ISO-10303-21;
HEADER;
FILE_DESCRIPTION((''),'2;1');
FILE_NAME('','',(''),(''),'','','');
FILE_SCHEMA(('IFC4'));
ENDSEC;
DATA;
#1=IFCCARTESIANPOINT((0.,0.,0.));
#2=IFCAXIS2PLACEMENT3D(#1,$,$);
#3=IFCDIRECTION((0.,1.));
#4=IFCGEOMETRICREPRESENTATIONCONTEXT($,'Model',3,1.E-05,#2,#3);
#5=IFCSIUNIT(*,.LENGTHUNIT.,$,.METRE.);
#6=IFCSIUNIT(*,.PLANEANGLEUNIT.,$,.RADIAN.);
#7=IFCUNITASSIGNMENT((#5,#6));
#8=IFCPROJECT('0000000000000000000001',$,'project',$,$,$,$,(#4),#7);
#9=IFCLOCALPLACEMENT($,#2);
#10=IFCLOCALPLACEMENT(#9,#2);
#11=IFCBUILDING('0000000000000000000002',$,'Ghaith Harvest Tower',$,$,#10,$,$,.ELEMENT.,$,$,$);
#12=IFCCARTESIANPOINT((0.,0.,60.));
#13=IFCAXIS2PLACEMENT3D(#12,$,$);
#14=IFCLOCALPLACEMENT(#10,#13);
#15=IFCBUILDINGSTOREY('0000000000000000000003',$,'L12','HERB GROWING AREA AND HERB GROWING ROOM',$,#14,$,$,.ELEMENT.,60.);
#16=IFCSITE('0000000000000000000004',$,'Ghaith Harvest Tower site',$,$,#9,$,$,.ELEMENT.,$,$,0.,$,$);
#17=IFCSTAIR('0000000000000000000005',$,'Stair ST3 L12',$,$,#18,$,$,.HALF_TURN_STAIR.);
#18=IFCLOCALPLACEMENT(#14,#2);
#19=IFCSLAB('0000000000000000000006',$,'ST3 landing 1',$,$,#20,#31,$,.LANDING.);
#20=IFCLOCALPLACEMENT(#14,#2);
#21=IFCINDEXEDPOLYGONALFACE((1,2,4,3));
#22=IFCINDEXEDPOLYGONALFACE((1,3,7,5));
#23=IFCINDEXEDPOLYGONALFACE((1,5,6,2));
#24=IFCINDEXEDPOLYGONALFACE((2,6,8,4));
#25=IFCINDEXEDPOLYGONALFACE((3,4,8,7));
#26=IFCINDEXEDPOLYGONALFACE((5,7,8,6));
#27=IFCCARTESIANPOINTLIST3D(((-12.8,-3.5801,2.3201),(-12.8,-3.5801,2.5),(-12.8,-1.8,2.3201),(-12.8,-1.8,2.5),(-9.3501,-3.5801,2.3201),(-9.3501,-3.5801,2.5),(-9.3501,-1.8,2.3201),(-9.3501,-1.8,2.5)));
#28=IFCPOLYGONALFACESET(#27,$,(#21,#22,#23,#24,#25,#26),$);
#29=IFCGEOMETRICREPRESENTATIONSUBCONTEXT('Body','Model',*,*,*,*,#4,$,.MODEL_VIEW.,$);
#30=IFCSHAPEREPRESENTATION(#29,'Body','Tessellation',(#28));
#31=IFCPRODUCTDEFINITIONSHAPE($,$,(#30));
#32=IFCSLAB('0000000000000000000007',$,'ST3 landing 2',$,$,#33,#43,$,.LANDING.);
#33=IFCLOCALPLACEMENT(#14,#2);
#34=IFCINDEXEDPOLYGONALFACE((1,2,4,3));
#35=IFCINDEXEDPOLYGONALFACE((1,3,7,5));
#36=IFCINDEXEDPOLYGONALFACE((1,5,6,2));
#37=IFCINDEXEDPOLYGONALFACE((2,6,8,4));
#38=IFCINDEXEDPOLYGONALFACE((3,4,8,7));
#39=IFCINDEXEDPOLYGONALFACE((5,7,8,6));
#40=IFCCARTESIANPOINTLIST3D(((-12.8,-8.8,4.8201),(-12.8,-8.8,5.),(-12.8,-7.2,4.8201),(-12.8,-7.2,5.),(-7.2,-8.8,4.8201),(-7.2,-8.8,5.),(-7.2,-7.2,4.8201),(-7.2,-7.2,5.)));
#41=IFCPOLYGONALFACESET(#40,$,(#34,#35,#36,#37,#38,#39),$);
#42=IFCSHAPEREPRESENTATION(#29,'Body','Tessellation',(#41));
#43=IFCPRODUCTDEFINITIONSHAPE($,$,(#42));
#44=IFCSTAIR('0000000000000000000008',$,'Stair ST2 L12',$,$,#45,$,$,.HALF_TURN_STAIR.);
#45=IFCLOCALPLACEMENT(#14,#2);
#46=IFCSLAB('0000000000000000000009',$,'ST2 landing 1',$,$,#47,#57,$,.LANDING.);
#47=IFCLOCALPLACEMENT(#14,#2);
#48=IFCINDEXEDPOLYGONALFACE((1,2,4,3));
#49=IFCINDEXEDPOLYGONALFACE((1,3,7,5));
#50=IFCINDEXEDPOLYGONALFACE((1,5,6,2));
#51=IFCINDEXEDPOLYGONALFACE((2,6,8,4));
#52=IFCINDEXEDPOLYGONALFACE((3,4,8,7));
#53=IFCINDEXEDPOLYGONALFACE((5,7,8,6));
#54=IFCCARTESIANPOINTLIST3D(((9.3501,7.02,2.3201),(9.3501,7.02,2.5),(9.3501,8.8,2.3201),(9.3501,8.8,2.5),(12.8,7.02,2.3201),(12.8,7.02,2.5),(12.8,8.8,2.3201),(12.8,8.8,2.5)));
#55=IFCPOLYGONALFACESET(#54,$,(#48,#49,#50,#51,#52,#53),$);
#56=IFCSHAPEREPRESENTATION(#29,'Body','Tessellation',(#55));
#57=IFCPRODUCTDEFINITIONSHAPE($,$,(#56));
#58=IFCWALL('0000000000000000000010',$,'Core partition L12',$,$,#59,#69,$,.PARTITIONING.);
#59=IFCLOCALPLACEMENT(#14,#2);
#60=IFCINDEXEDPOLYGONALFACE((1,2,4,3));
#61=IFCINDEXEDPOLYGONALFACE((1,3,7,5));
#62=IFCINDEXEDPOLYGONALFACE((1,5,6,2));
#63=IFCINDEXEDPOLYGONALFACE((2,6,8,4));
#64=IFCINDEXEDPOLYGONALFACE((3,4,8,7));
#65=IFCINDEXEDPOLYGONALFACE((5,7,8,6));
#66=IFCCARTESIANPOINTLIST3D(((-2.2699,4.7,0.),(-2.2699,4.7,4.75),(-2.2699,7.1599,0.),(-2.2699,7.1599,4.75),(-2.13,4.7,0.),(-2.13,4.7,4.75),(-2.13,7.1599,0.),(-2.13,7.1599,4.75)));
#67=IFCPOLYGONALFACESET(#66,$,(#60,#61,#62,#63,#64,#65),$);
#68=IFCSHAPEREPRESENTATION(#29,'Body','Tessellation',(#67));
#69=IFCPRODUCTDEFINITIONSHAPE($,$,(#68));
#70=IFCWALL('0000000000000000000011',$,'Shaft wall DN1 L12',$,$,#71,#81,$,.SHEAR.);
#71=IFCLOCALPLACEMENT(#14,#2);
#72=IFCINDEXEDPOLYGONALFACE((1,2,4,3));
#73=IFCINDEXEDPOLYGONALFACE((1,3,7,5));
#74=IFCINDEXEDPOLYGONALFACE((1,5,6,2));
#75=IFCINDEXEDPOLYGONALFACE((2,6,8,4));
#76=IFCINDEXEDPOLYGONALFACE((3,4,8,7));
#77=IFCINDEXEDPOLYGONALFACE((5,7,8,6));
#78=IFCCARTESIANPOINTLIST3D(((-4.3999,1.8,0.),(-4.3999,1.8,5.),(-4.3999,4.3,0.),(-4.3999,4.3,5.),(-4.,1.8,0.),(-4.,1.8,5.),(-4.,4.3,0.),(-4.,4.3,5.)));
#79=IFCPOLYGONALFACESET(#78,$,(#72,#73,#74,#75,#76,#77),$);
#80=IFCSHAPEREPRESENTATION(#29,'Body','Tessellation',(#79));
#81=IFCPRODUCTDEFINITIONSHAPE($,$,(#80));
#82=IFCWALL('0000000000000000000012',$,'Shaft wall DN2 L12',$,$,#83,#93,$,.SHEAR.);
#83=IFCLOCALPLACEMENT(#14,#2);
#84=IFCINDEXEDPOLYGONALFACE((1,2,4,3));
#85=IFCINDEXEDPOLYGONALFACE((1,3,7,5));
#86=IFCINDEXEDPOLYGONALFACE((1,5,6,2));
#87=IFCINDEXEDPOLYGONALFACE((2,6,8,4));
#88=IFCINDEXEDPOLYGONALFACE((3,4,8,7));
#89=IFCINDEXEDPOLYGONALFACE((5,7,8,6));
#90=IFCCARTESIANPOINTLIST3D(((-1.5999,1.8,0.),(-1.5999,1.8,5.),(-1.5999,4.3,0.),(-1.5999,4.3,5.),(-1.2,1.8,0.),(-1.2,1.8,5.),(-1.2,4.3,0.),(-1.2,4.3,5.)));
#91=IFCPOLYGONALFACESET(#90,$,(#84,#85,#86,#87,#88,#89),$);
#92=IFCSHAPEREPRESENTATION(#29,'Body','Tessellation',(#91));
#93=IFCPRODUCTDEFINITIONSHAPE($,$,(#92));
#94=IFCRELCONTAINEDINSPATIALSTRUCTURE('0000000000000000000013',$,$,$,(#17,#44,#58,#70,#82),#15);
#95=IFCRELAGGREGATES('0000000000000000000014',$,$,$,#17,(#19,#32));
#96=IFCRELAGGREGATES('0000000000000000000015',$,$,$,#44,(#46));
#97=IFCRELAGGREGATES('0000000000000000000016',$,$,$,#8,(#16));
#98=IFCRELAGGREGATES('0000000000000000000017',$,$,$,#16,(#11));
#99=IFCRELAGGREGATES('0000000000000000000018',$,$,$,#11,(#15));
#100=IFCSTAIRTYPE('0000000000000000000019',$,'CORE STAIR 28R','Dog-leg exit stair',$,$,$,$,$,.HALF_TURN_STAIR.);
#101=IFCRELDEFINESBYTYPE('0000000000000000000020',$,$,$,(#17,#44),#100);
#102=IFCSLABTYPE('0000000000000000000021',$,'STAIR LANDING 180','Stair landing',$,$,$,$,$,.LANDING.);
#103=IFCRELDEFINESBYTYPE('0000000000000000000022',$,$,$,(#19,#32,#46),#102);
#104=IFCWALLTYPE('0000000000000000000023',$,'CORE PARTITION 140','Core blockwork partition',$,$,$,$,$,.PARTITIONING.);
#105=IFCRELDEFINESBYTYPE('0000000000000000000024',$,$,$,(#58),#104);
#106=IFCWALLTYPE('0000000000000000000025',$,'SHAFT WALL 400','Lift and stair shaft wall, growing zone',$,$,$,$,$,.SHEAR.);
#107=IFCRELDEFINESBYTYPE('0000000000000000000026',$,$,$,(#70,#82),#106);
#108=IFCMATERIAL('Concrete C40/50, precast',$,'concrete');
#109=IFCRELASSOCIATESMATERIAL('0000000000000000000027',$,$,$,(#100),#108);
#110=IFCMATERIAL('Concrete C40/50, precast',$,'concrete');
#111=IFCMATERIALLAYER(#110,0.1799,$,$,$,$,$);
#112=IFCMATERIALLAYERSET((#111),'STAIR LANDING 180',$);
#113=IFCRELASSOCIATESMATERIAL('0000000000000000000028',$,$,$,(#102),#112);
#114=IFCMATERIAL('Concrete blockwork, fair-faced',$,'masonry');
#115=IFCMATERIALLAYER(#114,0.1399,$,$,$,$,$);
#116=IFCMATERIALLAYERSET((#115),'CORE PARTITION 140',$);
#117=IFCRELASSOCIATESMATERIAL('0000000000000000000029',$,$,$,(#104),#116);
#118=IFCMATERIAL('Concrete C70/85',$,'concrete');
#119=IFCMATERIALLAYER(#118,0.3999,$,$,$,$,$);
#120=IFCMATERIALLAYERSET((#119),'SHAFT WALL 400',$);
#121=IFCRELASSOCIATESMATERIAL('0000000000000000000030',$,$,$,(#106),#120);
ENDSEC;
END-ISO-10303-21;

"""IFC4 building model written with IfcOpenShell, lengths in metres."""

from ifc_helpers import new_model, si_unit, direction, frame, frame_2d, origin, place, context, subcontext, project, spatial, polyline, rectangle, outline, extrude, material, layer, layer_set, type_object, element, aggregate, save


model = new_model("IFC4")

# Units and contexts
model_context = context("Model", 3, precision=1e-05, world=origin(), true_north=direction((0.0, 1.0)))
body_context = subcontext(model_context, "Body", "Model", "MODEL_VIEW")
ifc_project = project(units=[si_unit("LENGTHUNIT", "METRE"), si_unit("PLANEANGLEUNIT", "RADIAN")], contexts=[model_context])

# Site, building, storey
site_placement = place(None, origin())
site = spatial("IfcSite", under=ifc_project, at=site_placement, Name="Ghaith Harvest Tower site", CompositionType="ELEMENT", RefElevation=0.0)
building_placement = place(site_placement, origin())
building = spatial("IfcBuilding", under=site, at=building_placement, Name="Ghaith Harvest Tower", CompositionType="ELEMENT")
storey_placement = place(building_placement, frame((0.0, 0.0, 60.0)))
storey = spatial("IfcBuildingStorey", under=building, at=storey_placement, Name="L12", Description="HERB GROWING AREA AND HERB GROWING ROOM", CompositionType="ELEMENT", Elevation=60.0)

# Stair, slabs
ifc_material_1 = material(Name="Concrete C40/50, precast", Category="concrete")
stair_type = type_object("IfcStairType", Name="CORE STAIR 28R", Description="Dog-leg exit stair", PredefinedType="HALF_TURN_STAIR", material=ifc_material_1)
ifc_material_2 = material(Name="Concrete C40/50, precast", Category="concrete")
ifc_layer_1 = layer(ifc_material_2, 0.1799)
ifc_layer_set_1 = layer_set([ifc_layer_1], Name="STAIR LANDING 180")
slab_type_1 = type_object("IfcSlabType", Name="STAIR LANDING 180", Description="Stair landing", PredefinedType="LANDING", material=ifc_layer_set_1)
stair_1_placement = place(storey_placement, origin())
stair_1 = element("IfcStair", 1, at=stair_1_placement, inside=storey, type_object=stair_type, Name="Stair ST3 L12", PredefinedType="HALF_TURN_STAIR")
slab_1_placement = place(storey_placement, frame((0.0, 0.0, 2.3201)))
slab_1 = element("IfcSlab", 2, at=slab_1_placement, type_object=slab_type_1, Name="ST3 landing 1", PredefinedType="LANDING", context=body_context, shape_type="SweptSolid", body=[
    extrude(outline(polyline([(-12.8, -3.5801), (-12.8, -1.8), (-9.3501, -1.8), (-9.3501, -3.5801), (-12.8, -3.5801)])), origin(), (0.0, 0.0, 1.0), 0.1799),
])
slab_2_placement = place(storey_placement, frame((0.0, 0.0, 4.8201)))
slab_2 = element("IfcSlab", 3, at=slab_2_placement, type_object=slab_type_1, Name="ST3 landing 2", PredefinedType="LANDING", context=body_context, shape_type="SweptSolid", body=[
    extrude(outline(polyline([(-12.8, -8.8), (-12.8, -7.2), (-7.2, -7.2), (-7.2, -8.8), (-12.8, -8.8)])), origin(), (0.0, 0.0, 1.0), 0.1799),
])
aggregate(stair_1, [slab_1, slab_2])

# Stair, slab
stair_2_placement = place(storey_placement, origin())
stair_2 = element("IfcStair", 4, at=stair_2_placement, inside=storey, type_object=stair_type, Name="Stair ST2 L12", PredefinedType="HALF_TURN_STAIR")
slab_3_placement = place(storey_placement, frame((0.0, 0.0, 2.3201)))
slab_3 = element("IfcSlab", 5, at=slab_3_placement, type_object=slab_type_1, Name="ST2 landing 1", PredefinedType="LANDING", context=body_context, shape_type="SweptSolid", body=[
    extrude(outline(polyline([(12.8, 7.02), (12.8, 8.8), (9.3501, 8.8), (9.3501, 7.02), (12.8, 7.02)])), origin(), (0.0, 0.0, 1.0), 0.1799),
])
aggregate(stair_2, [slab_3])

# Walls
ifc_material_3 = material(Name="Concrete blockwork, fair-faced", Category="masonry")
ifc_layer_2 = layer(ifc_material_3, 0.1399)
ifc_layer_set_2 = layer_set([ifc_layer_2], Name="CORE PARTITION 140")
wall_type_1 = type_object("IfcWallType", Name="CORE PARTITION 140", Description="Core blockwork partition", PredefinedType="PARTITIONING", material=ifc_layer_set_2)
wall_placement = place(storey_placement, frame((-2.2, 4.7, 0.0), z_axis=(0.0, 0.0, 1.0), x_axis=(0.0, 1.0, 0.0)))
element("IfcWall", 6, at=wall_placement, inside=storey, type_object=wall_type_1, Name="Core partition L12", PredefinedType="PARTITIONING", context=body_context, shape_type="SweptSolid", body=[
    extrude(rectangle(XDim=2.46, YDim=0.1399, at=frame_2d((1.23, 0.0))), origin(), (0.0, 0.0, 1.0), 4.75),
])
ifc_material_4 = material(Name="Concrete C70/85", Category="concrete")
ifc_layer_3 = layer(ifc_material_4, 0.3999)
ifc_layer_set_3 = layer_set([ifc_layer_3], Name="SHAFT WALL 400")
wall_type_2 = type_object("IfcWallType", Name="SHAFT WALL 400", Description="Lift and stair shaft wall, growing zone", PredefinedType="SHEAR", material=ifc_layer_set_3)
for number, where, z_axis, x_axis, name in (
    (7, (-4.2, 1.8, 0.0), (0.0, 0.0, 1.0), (0.0, 1.0, 0.0), "Shaft wall DN1 L12"),
    (8, (-1.3999, 1.8, 0.0), (0.0, 0.0, 1.0), (0.0, 1.0, 0.0), "Shaft wall DN2 L12"),
):
    element("IfcWall", number, at=place(storey_placement, frame(where, z_axis=z_axis, x_axis=x_axis)), inside=storey, type_object=wall_type_2, Name=name, PredefinedType="SHEAR", context=body_context, shape_type="SweptSolid", body=[
        extrude(rectangle(XDim=2.5, YDim=0.3999, at=frame_2d((1.25, 0.0))), origin(), (0.0, 0.0, 1.0), 5.0),
    ])

save(model, "model.ifc")
